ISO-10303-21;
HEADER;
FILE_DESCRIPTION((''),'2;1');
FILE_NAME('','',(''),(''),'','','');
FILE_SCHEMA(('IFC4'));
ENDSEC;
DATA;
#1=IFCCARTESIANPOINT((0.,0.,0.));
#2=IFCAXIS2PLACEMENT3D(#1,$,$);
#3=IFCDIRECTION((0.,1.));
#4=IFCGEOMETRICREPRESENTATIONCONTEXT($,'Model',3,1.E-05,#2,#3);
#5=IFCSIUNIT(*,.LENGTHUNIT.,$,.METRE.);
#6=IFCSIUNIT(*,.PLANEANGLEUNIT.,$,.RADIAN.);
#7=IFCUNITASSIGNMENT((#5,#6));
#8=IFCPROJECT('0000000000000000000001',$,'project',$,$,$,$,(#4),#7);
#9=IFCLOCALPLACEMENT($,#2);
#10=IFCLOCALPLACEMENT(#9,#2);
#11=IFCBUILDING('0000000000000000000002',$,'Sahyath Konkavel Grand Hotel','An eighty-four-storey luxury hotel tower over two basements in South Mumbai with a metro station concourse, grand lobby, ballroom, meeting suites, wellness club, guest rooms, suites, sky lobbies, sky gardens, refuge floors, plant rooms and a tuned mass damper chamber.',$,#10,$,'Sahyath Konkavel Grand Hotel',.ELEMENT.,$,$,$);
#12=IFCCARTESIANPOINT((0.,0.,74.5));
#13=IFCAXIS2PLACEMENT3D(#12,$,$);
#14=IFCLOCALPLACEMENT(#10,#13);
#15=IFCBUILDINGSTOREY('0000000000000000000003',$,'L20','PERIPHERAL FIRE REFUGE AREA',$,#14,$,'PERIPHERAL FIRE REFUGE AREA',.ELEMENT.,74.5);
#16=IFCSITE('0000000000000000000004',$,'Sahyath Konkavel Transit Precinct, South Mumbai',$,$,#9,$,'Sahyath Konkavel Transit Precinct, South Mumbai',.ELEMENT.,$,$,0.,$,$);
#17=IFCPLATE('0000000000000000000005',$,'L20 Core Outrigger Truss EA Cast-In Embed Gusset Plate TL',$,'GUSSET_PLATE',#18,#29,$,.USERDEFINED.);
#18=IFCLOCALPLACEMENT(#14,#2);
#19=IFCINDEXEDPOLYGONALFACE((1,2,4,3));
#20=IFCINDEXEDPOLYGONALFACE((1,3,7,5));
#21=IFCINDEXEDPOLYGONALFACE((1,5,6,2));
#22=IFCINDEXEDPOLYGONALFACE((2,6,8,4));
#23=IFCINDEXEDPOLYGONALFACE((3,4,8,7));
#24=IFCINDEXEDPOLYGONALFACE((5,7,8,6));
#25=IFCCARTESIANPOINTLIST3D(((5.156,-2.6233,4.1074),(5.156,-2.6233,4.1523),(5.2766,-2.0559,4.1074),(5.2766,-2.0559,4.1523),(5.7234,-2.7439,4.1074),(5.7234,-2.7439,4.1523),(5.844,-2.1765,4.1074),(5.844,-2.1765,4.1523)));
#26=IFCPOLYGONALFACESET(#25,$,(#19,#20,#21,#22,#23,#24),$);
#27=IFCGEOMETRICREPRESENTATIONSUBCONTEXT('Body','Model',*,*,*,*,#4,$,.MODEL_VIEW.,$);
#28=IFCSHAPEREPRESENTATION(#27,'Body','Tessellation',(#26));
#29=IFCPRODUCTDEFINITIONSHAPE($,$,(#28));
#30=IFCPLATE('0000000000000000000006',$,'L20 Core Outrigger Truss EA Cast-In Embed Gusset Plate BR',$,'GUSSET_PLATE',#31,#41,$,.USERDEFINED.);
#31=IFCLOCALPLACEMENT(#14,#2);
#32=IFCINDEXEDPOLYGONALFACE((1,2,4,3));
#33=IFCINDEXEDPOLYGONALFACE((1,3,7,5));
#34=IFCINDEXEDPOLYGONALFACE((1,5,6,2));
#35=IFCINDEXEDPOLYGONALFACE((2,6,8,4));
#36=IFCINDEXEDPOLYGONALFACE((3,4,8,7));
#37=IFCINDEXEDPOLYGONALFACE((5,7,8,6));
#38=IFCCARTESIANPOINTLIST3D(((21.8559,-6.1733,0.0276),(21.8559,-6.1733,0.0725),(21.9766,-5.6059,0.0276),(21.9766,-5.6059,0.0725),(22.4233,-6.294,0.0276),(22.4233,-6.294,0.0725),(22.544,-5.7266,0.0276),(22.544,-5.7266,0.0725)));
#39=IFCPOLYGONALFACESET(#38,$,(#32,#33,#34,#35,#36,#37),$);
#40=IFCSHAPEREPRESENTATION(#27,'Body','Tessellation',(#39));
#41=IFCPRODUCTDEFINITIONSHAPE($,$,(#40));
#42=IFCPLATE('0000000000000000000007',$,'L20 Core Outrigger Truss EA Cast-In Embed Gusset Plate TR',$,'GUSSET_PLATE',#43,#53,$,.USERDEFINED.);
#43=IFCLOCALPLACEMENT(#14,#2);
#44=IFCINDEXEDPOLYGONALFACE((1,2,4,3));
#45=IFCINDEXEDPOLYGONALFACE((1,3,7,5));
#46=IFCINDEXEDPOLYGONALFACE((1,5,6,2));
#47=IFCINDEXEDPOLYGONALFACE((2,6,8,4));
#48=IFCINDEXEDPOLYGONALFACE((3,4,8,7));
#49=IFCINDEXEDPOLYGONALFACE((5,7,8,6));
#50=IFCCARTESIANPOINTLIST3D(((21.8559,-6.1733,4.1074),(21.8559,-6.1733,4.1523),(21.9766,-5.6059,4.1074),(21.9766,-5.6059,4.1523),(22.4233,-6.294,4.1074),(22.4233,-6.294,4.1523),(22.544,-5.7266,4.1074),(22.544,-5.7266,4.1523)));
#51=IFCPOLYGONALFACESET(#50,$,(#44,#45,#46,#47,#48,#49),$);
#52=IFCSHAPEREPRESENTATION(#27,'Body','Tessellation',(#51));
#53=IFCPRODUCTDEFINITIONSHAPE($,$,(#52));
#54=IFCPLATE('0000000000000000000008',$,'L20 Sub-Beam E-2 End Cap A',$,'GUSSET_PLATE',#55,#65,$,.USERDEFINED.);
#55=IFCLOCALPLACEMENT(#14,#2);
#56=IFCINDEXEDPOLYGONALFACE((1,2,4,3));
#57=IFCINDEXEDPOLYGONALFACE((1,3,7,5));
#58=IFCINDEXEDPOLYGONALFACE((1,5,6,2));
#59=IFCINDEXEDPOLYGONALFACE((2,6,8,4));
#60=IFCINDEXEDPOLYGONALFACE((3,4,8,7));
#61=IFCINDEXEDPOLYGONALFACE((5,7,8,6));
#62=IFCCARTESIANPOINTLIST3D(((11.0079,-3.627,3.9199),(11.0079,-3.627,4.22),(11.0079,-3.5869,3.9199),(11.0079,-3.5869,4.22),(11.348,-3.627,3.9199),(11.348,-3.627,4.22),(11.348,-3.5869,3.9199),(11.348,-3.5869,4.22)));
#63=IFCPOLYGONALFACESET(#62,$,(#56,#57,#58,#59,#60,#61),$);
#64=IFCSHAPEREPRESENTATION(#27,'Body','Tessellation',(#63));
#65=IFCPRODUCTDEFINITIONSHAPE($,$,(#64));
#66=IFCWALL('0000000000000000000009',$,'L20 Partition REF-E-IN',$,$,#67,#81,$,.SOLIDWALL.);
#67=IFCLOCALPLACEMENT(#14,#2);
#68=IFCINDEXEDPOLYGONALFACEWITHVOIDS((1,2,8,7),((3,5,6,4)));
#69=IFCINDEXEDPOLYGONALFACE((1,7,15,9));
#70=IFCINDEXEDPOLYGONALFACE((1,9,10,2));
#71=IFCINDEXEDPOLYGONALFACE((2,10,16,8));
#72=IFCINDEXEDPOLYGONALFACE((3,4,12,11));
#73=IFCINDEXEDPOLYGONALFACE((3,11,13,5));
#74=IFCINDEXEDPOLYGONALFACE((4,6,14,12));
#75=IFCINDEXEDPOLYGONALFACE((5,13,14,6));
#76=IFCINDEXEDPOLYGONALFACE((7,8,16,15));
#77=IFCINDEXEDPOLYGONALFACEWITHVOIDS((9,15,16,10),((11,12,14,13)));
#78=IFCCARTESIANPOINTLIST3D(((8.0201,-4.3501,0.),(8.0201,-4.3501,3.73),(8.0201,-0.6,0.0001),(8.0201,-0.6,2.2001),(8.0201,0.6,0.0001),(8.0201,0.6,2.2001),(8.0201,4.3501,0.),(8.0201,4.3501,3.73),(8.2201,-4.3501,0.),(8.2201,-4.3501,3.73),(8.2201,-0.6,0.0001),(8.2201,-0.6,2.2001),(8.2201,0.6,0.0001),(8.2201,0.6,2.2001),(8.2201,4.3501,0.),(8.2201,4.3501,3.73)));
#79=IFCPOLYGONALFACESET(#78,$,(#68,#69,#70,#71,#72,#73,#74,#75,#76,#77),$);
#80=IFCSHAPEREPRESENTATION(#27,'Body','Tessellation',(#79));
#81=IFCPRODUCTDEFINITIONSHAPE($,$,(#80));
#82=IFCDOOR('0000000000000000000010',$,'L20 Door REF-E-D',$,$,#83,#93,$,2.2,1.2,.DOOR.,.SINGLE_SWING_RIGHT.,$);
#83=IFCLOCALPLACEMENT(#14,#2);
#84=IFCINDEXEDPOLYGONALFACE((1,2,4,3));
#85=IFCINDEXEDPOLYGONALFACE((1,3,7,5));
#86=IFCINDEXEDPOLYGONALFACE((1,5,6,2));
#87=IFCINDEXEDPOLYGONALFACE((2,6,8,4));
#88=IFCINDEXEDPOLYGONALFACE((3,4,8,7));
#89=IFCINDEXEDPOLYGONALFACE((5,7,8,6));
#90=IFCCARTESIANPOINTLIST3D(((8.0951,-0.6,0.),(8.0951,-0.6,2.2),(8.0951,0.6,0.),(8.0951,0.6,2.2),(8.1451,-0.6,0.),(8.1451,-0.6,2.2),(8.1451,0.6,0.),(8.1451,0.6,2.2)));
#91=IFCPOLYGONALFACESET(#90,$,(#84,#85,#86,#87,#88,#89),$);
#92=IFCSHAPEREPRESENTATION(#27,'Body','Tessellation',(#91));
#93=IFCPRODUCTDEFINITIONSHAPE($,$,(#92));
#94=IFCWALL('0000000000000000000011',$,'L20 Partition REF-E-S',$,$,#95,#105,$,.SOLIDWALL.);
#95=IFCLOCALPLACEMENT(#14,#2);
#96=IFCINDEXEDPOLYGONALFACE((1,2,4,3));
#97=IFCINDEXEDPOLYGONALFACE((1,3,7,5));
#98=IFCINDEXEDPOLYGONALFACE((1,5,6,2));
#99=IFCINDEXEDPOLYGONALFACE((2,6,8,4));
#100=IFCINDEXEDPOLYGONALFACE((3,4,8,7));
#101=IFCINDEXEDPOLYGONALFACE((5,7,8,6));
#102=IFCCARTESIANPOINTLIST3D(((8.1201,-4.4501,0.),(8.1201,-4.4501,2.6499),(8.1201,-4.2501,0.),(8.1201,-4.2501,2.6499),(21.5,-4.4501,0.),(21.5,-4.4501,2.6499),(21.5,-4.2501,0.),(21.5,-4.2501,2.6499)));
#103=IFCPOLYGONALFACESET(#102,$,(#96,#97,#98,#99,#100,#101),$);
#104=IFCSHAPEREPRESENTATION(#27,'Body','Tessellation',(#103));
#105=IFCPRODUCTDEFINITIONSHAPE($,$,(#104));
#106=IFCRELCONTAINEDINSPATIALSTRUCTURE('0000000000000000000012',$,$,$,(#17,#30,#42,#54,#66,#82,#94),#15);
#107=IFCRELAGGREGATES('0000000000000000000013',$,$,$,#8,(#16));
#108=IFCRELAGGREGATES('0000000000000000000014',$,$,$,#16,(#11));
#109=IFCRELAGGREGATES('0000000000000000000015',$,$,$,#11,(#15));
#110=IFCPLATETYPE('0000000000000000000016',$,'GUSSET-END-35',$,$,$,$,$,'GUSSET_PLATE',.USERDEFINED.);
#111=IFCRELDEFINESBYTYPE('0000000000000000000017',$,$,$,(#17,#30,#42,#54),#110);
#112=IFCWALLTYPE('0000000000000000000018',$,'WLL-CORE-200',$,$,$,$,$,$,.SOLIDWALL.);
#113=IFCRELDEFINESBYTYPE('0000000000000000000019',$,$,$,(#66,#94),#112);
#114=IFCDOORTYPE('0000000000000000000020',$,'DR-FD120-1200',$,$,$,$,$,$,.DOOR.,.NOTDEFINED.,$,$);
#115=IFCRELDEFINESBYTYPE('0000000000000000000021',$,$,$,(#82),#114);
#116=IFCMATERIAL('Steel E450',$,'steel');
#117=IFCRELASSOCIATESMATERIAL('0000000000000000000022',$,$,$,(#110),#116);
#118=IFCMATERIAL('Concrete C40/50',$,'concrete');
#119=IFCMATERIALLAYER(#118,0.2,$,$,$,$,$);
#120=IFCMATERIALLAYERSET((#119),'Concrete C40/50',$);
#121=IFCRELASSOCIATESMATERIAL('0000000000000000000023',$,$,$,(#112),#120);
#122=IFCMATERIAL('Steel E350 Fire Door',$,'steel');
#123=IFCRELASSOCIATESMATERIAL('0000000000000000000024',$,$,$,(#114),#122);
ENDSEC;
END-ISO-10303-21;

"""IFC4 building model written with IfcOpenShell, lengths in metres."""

from ifc_helpers import new_model, si_unit, direction, frame, frame_2d, origin, origin_2d, place, context, subcontext, project, spatial, rectangle, extrude, source, transform, mapped, material, layer, layer_set, type_object, element, fill, save


model = new_model("IFC4")

# Units and contexts
model_context = context("Model", 3, precision=1e-05, world=origin(), true_north=direction((0.0, 1.0)))
body_context = subcontext(model_context, "Body", "Model", "MODEL_VIEW")
ifc_project = project(units=[si_unit("LENGTHUNIT", "METRE"), si_unit("PLANEANGLEUNIT", "RADIAN")], contexts=[model_context])

# Site, building, storey
site_placement = place(None, origin())
site = spatial("IfcSite", under=ifc_project, at=site_placement, Name="Sahyath Konkavel Transit Precinct, South Mumbai", LongName="Sahyath Konkavel Transit Precinct, South Mumbai", CompositionType="ELEMENT", RefElevation=0.0)
building_placement = place(site_placement, origin())
building = spatial("IfcBuilding", under=site, at=building_placement, Name="Sahyath Konkavel Grand Hotel", Description="An eighty-four-storey luxury hotel tower over two basements in South Mumbai with a metro station concourse, grand lobby, ballroom, meeting suites, wellness club, guest rooms, suites, sky lobbies, sky gardens, refuge floors, plant rooms and a tuned mass damper chamber.", LongName="Sahyath Konkavel Grand Hotel", CompositionType="ELEMENT")
storey_placement = place(building_placement, frame((0.0, 0.0, 74.5)))
storey = spatial("IfcBuildingStorey", under=building, at=storey_placement, Name="L20", Description="PERIPHERAL FIRE REFUGE AREA", LongName="PERIPHERAL FIRE REFUGE AREA", CompositionType="ELEMENT", Elevation=74.5)

# Shared definitions
ifc_material_1 = material(Name="Steel E450", Category="steel")

# Plates
plate_type_1 = type_object("IfcPlateType", Name="GUSSET-END-35", ElementType="GUSSET_PLATE", PredefinedType="USERDEFINED", material=ifc_material_1)
shared_shape_1 = source(origin(), body_context, "Body", "SweptSolid", [
    extrude(rectangle(XDim=0.5801, YDim=0.5801, at=origin_2d()), origin(), (0.0, 0.0, 1.0), 0.0449),
])
for number, where, z_axis, x_axis, name in (
    (1, (5.5, -2.3999, 4.1074), (0.0, 0.0, 1.0), (0.978144, -0.207929, 0.0), "L20 Core Outrigger Truss EA Cast-In Embed Gusset Plate TL"),
    (2, (22.2, -5.95, 0.0276), (0.0, 0.0, 1.0), (0.978144, -0.207929, 0.0), "L20 Core Outrigger Truss EA Cast-In Embed Gusset Plate BR"),
    (3, (22.2, -5.95, 4.1074), (0.0, 0.0, 1.0), (0.978144, -0.207929, 0.0), "L20 Core Outrigger Truss EA Cast-In Embed Gusset Plate TR"),
):
    element("IfcPlate", number, at=place(storey_placement, frame(where, z_axis=z_axis, x_axis=x_axis)), inside=storey, type_object=plate_type_1, Name=name, ObjectType="GUSSET_PLATE", PredefinedType="USERDEFINED", context=body_context, shape_type="MappedRepresentation", body=[
        mapped(shared_shape_1, transform((0.0, 0.0, 0.0), scale=1.0)),
    ])
shared_shape_2 = source(origin(), body_context, "Body", "SweptSolid", [
    extrude(rectangle(XDim=0.04, YDim=0.3401, at=origin_2d()), origin(), (0.0, 0.0, 1.0), 0.3),
])
plate_1_placement = place(storey_placement, frame((11.178, -3.6069, 3.9199), z_axis=(0.0, 0.0, 1.0), x_axis=(0.0, 1.0, 0.0)))
element("IfcPlate", 4, at=plate_1_placement, inside=storey, type_object=plate_type_1, Name="L20 Sub-Beam E-2 End Cap A", ObjectType="GUSSET_PLATE", PredefinedType="USERDEFINED", context=body_context, shape_type="MappedRepresentation", body=[
    mapped(shared_shape_2, transform((0.0, 0.0, 0.0), scale=1.0)),
])

# Wall, opening, door
ifc_material_2 = material(Name="Concrete C40/50", Category="concrete")
ifc_layer = layer(ifc_material_2, 0.2)
ifc_layer_set = layer_set([ifc_layer], Name="Concrete C40/50")
wall_type = type_object("IfcWallType", Name="WLL-CORE-200", PredefinedType="SOLIDWALL", material=ifc_layer_set)
wall_1_placement = place(storey_placement, frame((8.1201, -4.3501, 0.0), z_axis=(0.0, 0.0, 1.0), x_axis=(0.0, 1.0, 0.0)))
wall_1 = element("IfcWall", 5, at=wall_1_placement, inside=storey, type_object=wall_type, Name="L20 Partition REF-E-IN", PredefinedType="SOLIDWALL", context=body_context, shape_type="SweptSolid", body=[
    extrude(rectangle(XDim=8.7002, YDim=0.2, at=frame_2d((4.3501, 0.0))), origin(), (0.0, 0.0, 1.0), 3.73),
])
opening_placement = place(wall_1_placement, frame((3.75, 0.0, 0.0)))
opening = element("IfcOpeningElement", 6, at=opening_placement, cuts=wall_1, PredefinedType="OPENING", context=body_context, shape_type="SweptSolid", body=[
    extrude(rectangle(XDim=1.2, YDim=2.2, at=frame_2d((0.6001, 1.1001))), frame((0.0, 0.1099, 0.0), z_axis=(0.0, -1.0, 0.0), x_axis=(1.0, 0.0, 0.0)), (0.0, 0.0, 1.0), 0.22),
])
ifc_material_3 = material(Name="Steel E350 Fire Door", Category="steel")
door_type = type_object("IfcDoorType", Name="DR-FD120-1200", OperationType="NOTDEFINED", PredefinedType="DOOR", material=ifc_material_3)
shared_shape_3 = source(origin(), body_context, "Body", "SweptSolid", [
    extrude(rectangle(XDim=1.2, YDim=0.05, at=origin_2d()), origin(), (0.0, 0.0, 1.0), 2.2),
])
door_placement = place(opening_placement, frame((0.6001, 0.0, 0.0)))
door = element("IfcDoor", 7, at=door_placement, inside=storey, type_object=door_type, Name="L20 Door REF-E-D", OperationType="SINGLE_SWING_RIGHT", OverallHeight=2.2, OverallWidth=1.2, PredefinedType="DOOR", context=body_context, shape_type="MappedRepresentation", body=[
    mapped(shared_shape_3, transform((0.0, 0.0, 0.0), scale=1.0)),
])
fill(opening, door)

# Wall
wall_2_placement = place(storey_placement, frame((8.1201, -4.3501, 0.0), z_axis=(0.0, 0.0, 1.0), x_axis=(1.0, 0.0, 0.0)))
element("IfcWall", 8, at=wall_2_placement, inside=storey, type_object=wall_type, Name="L20 Partition REF-E-S", PredefinedType="SOLIDWALL", context=body_context, shape_type="SweptSolid", body=[
    extrude(rectangle(XDim=13.3799, YDim=0.2, at=frame_2d((6.6899, 0.0))), origin(), (0.0, 0.0, 1.0), 2.6499),
])

save(model, "model.ifc")
